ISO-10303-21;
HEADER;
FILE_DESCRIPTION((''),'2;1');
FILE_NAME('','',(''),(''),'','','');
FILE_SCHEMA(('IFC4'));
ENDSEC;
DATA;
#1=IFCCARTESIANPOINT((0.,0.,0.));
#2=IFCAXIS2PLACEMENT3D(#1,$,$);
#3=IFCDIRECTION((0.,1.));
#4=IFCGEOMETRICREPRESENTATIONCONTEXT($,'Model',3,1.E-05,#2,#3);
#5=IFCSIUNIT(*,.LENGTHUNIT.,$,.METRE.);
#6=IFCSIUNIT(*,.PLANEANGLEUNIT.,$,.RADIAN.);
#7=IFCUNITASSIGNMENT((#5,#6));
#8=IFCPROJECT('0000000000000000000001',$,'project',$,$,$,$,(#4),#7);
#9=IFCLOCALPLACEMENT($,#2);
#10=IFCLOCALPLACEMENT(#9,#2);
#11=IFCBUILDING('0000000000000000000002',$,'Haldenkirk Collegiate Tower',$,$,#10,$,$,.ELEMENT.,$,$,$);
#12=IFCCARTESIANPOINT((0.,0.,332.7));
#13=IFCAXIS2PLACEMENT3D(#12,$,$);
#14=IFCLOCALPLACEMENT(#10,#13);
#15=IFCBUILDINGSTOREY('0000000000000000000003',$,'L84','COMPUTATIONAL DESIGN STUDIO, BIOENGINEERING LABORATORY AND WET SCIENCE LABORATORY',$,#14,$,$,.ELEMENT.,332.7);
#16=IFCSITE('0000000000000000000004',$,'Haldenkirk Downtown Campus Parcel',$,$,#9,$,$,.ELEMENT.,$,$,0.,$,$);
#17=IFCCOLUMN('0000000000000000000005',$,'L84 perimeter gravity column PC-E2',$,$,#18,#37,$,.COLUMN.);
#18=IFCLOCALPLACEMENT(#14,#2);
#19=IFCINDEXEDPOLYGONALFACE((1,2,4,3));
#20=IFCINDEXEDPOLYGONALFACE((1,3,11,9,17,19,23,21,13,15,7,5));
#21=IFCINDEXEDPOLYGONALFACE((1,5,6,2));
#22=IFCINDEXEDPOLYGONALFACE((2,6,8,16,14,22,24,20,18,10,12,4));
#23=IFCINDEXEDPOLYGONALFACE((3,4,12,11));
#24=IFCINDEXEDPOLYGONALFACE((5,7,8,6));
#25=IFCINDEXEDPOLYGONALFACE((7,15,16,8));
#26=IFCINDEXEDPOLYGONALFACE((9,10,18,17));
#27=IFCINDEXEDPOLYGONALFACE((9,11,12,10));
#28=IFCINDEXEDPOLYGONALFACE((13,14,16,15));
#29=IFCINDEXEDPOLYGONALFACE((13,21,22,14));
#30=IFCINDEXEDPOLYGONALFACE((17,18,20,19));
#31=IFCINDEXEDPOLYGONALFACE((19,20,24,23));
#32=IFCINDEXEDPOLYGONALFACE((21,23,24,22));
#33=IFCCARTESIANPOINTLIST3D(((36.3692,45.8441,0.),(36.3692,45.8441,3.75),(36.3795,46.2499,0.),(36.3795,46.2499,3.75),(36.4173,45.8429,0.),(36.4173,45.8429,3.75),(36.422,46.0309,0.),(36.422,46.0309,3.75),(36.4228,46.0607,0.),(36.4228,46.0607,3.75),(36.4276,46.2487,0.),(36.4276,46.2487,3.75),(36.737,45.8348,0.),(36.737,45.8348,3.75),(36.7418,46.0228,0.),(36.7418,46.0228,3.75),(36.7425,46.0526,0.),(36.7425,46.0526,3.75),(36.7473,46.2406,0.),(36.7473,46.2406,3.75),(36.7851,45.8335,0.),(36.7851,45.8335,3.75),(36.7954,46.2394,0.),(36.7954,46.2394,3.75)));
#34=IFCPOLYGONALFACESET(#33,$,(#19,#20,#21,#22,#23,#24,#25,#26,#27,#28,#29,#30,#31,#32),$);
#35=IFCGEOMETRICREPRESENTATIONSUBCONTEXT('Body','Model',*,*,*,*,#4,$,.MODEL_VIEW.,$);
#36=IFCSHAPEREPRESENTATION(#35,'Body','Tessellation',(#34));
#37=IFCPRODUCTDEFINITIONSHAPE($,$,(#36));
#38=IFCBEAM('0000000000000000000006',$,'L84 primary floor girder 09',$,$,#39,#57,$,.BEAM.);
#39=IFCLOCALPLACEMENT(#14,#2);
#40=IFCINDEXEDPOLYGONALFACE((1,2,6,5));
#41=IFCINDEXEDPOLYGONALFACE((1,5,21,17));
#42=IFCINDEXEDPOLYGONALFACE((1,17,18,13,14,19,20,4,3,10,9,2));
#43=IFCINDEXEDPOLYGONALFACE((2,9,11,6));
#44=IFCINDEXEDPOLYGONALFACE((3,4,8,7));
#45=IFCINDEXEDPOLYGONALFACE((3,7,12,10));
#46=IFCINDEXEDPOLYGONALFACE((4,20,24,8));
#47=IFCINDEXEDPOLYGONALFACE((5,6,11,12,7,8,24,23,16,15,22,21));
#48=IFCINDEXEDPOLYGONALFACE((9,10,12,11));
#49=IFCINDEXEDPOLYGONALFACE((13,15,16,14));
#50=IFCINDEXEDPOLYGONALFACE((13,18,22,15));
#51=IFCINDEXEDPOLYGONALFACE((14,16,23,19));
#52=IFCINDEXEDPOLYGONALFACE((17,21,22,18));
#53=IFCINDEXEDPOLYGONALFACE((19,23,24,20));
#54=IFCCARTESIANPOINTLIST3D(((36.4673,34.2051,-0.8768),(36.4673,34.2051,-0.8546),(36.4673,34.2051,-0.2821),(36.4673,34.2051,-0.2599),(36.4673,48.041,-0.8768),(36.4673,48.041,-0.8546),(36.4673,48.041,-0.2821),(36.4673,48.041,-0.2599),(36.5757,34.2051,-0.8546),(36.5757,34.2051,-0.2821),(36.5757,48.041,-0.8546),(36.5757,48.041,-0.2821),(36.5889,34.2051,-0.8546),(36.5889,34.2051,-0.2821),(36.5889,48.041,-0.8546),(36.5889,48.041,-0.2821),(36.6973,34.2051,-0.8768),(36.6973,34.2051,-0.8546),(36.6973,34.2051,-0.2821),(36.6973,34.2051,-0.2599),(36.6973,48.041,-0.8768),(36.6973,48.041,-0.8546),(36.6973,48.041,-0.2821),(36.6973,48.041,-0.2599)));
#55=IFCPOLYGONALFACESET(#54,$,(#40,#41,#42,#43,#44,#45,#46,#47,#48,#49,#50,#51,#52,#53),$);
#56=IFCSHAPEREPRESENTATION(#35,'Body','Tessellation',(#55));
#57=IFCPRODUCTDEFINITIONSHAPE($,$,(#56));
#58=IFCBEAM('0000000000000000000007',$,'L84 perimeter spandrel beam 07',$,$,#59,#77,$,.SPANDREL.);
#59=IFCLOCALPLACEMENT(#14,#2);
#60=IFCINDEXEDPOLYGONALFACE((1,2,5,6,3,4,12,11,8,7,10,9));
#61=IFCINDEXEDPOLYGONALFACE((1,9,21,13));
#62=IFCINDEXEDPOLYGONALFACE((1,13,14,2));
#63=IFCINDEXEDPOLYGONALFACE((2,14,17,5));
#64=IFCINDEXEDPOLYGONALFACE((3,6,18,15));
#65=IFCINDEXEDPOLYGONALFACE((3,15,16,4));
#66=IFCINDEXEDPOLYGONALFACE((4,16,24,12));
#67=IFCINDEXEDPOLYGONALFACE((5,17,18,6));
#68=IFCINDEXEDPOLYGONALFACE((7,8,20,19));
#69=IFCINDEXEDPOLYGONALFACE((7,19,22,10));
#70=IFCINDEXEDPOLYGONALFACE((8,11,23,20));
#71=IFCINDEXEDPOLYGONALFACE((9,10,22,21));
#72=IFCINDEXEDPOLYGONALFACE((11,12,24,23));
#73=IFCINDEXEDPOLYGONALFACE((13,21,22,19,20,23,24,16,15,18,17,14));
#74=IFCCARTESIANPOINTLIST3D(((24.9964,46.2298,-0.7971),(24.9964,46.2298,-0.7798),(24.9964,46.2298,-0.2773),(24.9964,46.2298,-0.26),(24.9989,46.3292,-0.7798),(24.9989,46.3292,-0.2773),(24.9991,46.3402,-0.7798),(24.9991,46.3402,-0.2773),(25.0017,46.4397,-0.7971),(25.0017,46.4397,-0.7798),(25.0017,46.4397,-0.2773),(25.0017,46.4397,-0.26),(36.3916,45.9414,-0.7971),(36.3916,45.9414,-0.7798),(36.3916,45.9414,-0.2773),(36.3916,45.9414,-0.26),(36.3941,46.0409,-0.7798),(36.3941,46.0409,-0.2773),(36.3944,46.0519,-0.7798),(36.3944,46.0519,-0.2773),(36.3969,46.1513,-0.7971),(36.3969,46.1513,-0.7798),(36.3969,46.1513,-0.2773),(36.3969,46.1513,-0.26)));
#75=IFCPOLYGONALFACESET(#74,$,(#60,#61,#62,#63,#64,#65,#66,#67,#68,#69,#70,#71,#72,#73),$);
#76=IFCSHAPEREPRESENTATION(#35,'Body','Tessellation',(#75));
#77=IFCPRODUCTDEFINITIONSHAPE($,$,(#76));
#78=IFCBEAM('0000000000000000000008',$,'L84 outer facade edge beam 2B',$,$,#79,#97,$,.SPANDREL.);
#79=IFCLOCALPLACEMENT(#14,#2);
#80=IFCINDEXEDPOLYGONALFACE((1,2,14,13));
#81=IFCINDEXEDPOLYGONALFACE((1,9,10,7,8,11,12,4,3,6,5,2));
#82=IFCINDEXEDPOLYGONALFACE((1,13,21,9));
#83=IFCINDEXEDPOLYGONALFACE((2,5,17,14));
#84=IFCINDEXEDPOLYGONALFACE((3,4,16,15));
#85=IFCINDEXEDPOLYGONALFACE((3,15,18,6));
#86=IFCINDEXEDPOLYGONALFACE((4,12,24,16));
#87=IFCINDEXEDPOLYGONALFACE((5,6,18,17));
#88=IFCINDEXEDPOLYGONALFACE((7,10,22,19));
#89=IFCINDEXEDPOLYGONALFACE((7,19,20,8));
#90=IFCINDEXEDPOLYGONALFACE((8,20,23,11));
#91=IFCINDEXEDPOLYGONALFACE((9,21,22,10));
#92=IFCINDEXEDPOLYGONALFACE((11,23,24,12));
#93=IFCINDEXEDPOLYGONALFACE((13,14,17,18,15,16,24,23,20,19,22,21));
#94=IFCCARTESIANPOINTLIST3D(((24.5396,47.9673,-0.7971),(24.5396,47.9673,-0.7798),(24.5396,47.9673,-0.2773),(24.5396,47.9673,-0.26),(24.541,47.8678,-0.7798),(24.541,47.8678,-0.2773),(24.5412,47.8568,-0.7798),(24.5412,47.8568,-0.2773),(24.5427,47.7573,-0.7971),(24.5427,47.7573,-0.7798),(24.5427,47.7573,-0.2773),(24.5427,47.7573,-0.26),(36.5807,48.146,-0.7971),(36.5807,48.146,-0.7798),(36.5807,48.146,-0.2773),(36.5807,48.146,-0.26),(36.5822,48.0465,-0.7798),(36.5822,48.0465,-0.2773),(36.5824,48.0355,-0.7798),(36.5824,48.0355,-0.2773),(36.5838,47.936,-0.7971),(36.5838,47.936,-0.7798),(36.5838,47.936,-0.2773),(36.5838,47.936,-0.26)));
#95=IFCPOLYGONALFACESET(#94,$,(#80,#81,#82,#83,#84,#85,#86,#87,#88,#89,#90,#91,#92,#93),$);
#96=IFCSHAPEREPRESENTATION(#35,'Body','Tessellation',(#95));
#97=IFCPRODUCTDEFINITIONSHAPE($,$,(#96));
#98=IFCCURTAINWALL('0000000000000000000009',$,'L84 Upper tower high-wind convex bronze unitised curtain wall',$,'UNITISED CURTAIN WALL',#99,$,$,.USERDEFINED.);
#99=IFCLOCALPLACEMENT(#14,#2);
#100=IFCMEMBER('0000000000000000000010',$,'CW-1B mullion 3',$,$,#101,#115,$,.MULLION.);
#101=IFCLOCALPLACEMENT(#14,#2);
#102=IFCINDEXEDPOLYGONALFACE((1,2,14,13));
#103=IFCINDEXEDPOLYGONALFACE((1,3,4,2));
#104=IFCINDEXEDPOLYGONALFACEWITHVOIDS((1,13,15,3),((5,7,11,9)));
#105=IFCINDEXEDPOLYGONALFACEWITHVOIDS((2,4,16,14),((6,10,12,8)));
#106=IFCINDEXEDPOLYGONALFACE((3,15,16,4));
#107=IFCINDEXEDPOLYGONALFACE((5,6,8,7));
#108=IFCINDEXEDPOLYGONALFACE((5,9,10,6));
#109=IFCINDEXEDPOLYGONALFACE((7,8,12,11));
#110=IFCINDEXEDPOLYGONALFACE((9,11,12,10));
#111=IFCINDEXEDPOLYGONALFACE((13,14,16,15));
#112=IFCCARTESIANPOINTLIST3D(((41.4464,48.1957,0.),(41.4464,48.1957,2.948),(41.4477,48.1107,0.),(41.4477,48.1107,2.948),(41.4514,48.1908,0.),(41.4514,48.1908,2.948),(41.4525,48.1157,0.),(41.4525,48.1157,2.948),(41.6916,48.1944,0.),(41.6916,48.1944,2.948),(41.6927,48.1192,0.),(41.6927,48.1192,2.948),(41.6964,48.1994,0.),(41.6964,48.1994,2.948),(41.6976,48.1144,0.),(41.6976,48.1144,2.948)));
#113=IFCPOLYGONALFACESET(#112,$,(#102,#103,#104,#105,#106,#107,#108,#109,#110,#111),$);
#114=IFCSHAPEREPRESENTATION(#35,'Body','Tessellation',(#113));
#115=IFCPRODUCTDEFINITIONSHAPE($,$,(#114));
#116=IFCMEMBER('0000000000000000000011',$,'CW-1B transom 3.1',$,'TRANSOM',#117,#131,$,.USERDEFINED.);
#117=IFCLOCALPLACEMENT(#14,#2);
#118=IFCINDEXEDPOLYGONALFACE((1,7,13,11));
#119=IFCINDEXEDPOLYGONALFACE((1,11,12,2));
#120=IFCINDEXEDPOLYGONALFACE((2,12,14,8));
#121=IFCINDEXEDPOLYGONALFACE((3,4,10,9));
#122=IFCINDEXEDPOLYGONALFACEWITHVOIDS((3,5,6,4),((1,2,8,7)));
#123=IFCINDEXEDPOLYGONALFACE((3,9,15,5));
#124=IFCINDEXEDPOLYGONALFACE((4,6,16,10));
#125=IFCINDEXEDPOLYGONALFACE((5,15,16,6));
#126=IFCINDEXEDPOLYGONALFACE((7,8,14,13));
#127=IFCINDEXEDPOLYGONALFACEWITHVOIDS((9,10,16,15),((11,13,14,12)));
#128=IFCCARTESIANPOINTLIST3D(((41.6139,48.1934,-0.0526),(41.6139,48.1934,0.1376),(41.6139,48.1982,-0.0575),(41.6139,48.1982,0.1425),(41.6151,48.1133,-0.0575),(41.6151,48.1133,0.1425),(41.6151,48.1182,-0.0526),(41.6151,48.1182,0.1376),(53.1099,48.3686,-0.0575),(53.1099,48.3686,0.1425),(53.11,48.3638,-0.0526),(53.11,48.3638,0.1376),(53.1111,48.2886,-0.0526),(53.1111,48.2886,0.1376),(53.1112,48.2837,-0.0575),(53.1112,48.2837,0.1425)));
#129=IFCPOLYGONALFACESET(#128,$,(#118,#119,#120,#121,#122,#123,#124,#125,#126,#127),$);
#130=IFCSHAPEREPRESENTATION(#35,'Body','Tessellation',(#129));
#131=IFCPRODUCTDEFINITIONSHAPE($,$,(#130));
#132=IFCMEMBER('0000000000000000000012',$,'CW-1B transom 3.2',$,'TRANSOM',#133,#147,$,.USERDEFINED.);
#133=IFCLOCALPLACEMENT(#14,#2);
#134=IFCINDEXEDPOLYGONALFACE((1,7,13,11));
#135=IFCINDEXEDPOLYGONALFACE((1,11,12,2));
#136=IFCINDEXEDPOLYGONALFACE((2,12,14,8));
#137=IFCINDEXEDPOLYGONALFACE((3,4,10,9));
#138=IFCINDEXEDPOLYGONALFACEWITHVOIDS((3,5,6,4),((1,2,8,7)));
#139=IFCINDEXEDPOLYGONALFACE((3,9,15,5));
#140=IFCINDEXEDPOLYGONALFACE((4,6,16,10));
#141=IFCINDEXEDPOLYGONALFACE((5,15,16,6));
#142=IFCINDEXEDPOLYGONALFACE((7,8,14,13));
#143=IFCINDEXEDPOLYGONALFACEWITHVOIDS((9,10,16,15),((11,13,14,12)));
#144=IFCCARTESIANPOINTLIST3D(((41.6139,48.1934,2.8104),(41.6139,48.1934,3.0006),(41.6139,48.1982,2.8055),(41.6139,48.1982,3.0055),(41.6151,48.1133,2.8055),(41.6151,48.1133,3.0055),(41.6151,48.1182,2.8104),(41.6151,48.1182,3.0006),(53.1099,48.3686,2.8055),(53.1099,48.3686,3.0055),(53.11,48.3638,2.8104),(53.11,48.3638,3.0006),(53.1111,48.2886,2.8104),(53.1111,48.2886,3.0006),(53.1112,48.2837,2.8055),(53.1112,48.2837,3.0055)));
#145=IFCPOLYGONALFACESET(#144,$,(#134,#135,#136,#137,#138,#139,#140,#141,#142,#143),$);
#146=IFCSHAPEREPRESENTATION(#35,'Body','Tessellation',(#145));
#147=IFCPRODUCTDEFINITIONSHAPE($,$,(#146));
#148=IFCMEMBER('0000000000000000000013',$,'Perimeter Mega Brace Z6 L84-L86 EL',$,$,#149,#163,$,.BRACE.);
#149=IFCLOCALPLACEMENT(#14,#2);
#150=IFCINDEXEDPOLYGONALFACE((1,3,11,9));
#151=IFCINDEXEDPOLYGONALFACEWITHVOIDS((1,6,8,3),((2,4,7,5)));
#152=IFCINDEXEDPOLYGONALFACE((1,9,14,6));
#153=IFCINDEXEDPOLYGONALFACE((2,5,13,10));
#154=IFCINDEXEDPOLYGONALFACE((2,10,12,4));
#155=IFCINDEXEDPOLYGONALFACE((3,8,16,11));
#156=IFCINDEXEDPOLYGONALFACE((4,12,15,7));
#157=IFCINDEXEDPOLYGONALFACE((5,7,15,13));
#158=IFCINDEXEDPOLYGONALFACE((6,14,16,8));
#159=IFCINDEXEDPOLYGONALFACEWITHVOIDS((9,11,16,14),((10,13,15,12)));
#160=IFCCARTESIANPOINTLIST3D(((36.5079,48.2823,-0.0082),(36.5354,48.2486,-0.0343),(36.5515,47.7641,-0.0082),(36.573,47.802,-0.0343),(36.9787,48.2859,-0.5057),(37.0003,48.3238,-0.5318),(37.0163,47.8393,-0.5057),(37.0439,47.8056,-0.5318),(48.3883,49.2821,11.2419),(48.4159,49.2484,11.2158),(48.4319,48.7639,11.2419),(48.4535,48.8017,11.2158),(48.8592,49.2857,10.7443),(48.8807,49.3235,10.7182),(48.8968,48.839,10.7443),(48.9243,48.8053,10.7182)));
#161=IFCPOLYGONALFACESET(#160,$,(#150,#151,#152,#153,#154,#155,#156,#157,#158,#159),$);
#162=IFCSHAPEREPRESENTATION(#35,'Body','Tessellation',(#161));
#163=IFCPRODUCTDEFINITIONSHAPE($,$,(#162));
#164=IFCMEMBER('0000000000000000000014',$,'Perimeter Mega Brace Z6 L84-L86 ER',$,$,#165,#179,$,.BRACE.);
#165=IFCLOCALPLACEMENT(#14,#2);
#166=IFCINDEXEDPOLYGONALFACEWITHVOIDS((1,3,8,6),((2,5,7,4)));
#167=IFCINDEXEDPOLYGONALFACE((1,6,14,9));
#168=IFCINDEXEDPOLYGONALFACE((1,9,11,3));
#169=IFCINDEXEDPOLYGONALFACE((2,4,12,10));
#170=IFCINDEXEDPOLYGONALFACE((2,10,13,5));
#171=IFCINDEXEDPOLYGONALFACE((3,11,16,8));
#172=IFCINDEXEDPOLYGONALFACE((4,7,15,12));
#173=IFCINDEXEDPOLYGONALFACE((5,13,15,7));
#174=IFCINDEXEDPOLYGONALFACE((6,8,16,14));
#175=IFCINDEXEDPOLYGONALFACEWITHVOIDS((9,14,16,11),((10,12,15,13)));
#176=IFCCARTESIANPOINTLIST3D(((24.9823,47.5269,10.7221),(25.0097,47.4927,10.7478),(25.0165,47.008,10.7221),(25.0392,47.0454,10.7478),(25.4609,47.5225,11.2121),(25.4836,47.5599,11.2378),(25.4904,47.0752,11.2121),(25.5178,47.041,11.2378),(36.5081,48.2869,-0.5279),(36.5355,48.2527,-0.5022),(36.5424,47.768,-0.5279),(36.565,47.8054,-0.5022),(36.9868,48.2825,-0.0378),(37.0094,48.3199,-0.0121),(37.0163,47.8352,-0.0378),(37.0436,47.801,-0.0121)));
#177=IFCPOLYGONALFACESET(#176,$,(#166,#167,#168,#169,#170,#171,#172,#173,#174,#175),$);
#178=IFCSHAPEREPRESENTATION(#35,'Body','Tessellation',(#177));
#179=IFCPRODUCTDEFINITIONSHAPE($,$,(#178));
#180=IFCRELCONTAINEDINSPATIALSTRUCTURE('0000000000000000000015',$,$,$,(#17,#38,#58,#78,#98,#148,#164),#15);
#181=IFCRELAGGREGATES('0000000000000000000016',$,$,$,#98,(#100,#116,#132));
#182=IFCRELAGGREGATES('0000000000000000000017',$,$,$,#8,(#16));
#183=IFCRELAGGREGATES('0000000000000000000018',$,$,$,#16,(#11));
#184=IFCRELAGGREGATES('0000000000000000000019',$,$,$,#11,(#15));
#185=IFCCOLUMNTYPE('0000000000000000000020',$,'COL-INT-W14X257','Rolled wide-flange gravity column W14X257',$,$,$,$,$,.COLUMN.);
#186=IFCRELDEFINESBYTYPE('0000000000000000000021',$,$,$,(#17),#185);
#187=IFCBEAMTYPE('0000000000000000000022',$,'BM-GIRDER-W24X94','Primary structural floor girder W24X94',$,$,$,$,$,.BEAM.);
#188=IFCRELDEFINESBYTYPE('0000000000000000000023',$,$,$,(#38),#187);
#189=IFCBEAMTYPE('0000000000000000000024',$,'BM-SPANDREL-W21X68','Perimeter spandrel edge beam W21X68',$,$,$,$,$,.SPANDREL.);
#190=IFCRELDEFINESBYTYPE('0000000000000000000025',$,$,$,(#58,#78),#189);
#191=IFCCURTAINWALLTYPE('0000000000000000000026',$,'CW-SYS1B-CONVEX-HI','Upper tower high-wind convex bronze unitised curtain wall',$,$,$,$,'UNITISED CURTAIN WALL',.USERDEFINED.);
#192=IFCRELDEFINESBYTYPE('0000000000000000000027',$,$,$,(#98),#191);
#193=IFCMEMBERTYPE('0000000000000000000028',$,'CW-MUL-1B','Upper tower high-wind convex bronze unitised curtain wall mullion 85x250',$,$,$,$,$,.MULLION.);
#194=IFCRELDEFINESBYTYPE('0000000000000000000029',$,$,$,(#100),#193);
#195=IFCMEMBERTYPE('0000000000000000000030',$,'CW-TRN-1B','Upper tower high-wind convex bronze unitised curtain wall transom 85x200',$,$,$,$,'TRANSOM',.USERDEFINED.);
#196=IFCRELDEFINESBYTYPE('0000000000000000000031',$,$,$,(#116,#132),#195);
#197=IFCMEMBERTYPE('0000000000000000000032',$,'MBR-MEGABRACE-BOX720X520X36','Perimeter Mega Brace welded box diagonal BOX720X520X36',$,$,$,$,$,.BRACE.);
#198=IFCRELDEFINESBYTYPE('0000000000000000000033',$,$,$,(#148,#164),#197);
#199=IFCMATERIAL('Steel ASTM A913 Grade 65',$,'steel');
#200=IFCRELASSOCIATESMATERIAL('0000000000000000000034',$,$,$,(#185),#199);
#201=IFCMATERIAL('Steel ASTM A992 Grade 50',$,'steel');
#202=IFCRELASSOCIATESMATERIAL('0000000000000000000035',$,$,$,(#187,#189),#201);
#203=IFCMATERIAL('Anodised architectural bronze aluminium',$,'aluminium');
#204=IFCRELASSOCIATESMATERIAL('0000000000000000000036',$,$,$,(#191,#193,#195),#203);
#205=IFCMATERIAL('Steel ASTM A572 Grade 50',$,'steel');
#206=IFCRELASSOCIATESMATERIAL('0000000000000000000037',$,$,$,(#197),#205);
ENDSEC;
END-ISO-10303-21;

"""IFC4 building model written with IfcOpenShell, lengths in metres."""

from ifc_helpers import new_model, si_unit, direction, frame, origin, origin_2d, place, context, subcontext, project, spatial, hollow_rectangle, i_section, extrude, material, material_profile, profile_set, type_object, element, aggregate, save


model = new_model("IFC4")

# Units and contexts
model_context = context("Model", 3, precision=1e-05, world=origin(), true_north=direction((0.0, 1.0)))
body_context = subcontext(model_context, "Body", "Model", "MODEL_VIEW")
ifc_project = project(units=[si_unit("LENGTHUNIT", "METRE"), si_unit("PLANEANGLEUNIT", "RADIAN")], contexts=[model_context])

# Site, building, storey
site_placement = place(None, origin())
site = spatial("IfcSite", under=ifc_project, at=site_placement, Name="Haldenkirk Downtown Campus Parcel", CompositionType="ELEMENT", RefElevation=0.0)
building_placement = place(site_placement, origin())
building = spatial("IfcBuilding", under=site, at=building_placement, Name="Haldenkirk Collegiate Tower", CompositionType="ELEMENT")
storey_placement = place(building_placement, frame((0.0, 0.0, 332.7)))
storey = spatial("IfcBuildingStorey", under=building, at=storey_placement, Name="L84", Description="COMPUTATIONAL DESIGN STUDIO, BIOENGINEERING LABORATORY AND WET SCIENCE LABORATORY", CompositionType="ELEMENT", Elevation=332.7)

# Column
ifc_material_1 = material(Name="Steel ASTM A913 Grade 65", Category="steel")
ifc_material_profile_1 = material_profile(ifc_material_1, i_section(OverallWidth=0.406, OverallDepth=0.416, WebThickness=0.0298, FlangeThickness=0.0481, at=origin_2d()), Name="W14X257")
ifc_profile_set_1 = profile_set([ifc_material_profile_1], Name="Steel ASTM A913 Grade 65")
column_type = type_object("IfcColumnType", Name="COL-INT-W14X257", Description="Rolled wide-flange gravity column W14X257", PredefinedType="COLUMN", material=ifc_profile_set_1)
column_placement = place(storey_placement, frame((36.5823, 46.0417, 0.0), z_axis=(0.0, 0.0, 1.0), x_axis=(0.025305, 0.99968, 0.0)))
element("IfcColumn", 1, at=column_placement, inside=storey, type_object=column_type, Name="L84 perimeter gravity column PC-E2", PredefinedType="COLUMN", context=body_context, shape_type="SweptSolid", body=[
    extrude(i_section(OverallWidth=0.406, OverallDepth=0.416, WebThickness=0.0298, FlangeThickness=0.0481, at=origin_2d()), origin(), (0.0, 0.0, 1.0), 3.75),
])

# Beams
ifc_material_2 = material(Name="Steel ASTM A992 Grade 50", Category="steel")
ifc_material_profile_2 = material_profile(ifc_material_2, i_section(OverallWidth=0.23, OverallDepth=0.6169, WebThickness=0.0132, FlangeThickness=0.0222, at=origin_2d()), Name="W24X94")
ifc_profile_set_2 = profile_set([ifc_material_profile_2], Name="Steel ASTM A992 Grade 50")
beam_type_1 = type_object("IfcBeamType", Name="BM-GIRDER-W24X94", Description="Primary structural floor girder W24X94", PredefinedType="BEAM", material=ifc_profile_set_2)
beam_1_placement = place(storey_placement, frame((36.5823, 48.041, -0.5684), z_axis=(0.0, -1.0, 0.0), x_axis=(1.0, 0.0, 0.0)))
element("IfcBeam", 2, at=beam_1_placement, inside=storey, type_object=beam_type_1, Name="L84 primary floor girder 09", PredefinedType="BEAM", context=body_context, shape_type="SweptSolid", body=[
    extrude(i_section(OverallWidth=0.23, OverallDepth=0.6169, WebThickness=0.0132, FlangeThickness=0.0222, at=origin_2d()), origin(), (0.0, 0.0, 1.0), 13.8359),
])
ifc_material_profile_3 = material_profile(ifc_material_2, i_section(OverallWidth=0.21, OverallDepth=0.5371, WebThickness=0.011, FlangeThickness=0.0173, at=origin_2d()), Name="W21X68")
ifc_profile_set_3 = profile_set([ifc_material_profile_3], Name="Steel ASTM A992 Grade 50")
beam_type_2 = type_object("IfcBeamType", Name="BM-SPANDREL-W21X68", Description="Perimeter spandrel edge beam W21X68", PredefinedType="SPANDREL", material=ifc_profile_set_3)
beam_2_placement = place(storey_placement, frame((36.3943, 46.0464, -0.5286), z_axis=(-0.99968, 0.025295, 0.0), x_axis=(-0.025295, -0.99968, 0.0)))
element("IfcBeam", 3, at=beam_2_placement, inside=storey, type_object=beam_type_2, Name="L84 perimeter spandrel beam 07", PredefinedType="SPANDREL", context=body_context, shape_type="SweptSolid", body=[
    extrude(i_section(OverallWidth=0.21, OverallDepth=0.5371, WebThickness=0.011, FlangeThickness=0.0173, at=origin_2d()), origin(), (0.0, 0.0, 1.0), 11.3989),
])
beam_3_placement = place(storey_placement, frame((36.5823, 48.041, -0.5286), z_axis=(-0.99989, -0.01484, 0.0), x_axis=(0.01484, -0.99989, 0.0)))
element("IfcBeam", 4, at=beam_3_placement, inside=storey, type_object=beam_type_2, Name="L84 outer facade edge beam 2B", PredefinedType="SPANDREL", context=body_context, shape_type="SweptSolid", body=[
    extrude(i_section(OverallWidth=0.21, OverallDepth=0.5371, WebThickness=0.011, FlangeThickness=0.0173, at=origin_2d()), origin(), (0.0, 0.0, 1.0), 12.0425),
])

# Curtain wall, members
ifc_material_3 = material(Name="Anodised architectural bronze aluminium", Category="aluminium")
curtain_wall_type = type_object("IfcCurtainWallType", Name="CW-SYS1B-CONVEX-HI", Description="Upper tower high-wind convex bronze unitised curtain wall", ElementType="UNITISED CURTAIN WALL", PredefinedType="USERDEFINED", material=ifc_material_3)
curtain_wall_placement = place(storey_placement, origin())
curtain_wall = element("IfcCurtainWall", 5, at=curtain_wall_placement, inside=storey, type_object=curtain_wall_type, Name="L84 Upper tower high-wind convex bronze unitised curtain wall", ObjectType="UNITISED CURTAIN WALL", PredefinedType="USERDEFINED")
ifc_material_profile_4 = material_profile(ifc_material_3, hollow_rectangle(XDim=0.085, YDim=0.25, WallThickness=0.0049, at=origin_2d()), Name="CW-MUL-1B")
ifc_profile_set_4 = profile_set([ifc_material_profile_4], Name="Anodised architectural bronze aluminium")
member_type_1 = type_object("IfcMemberType", Name="CW-MUL-1B", Description="Upper tower high-wind convex bronze unitised curtain wall mullion 85x250", PredefinedType="MULLION", material=ifc_profile_set_4)
member_1_placement = place(storey_placement, frame((41.572, 48.155, 0.0), z_axis=(0.0, 0.0, 1.0), x_axis=(-0.014833, 0.99989, 0.0)))
member_1 = element("IfcMember", 6, at=member_1_placement, type_object=member_type_1, Name="CW-1B mullion 3", PredefinedType="MULLION", context=body_context, shape_type="SweptSolid", body=[
    extrude(hollow_rectangle(XDim=0.085, YDim=0.25, WallThickness=0.0049, at=origin_2d()), origin(), (0.0, 0.0, 1.0), 2.948),
])
ifc_material_profile_5 = material_profile(ifc_material_3, hollow_rectangle(XDim=0.085, YDim=0.2, WallThickness=0.0049, at=origin_2d()), Name="CW-TRN-1B")
ifc_profile_set_5 = profile_set([ifc_material_profile_5], Name="Anodised architectural bronze aluminium")
member_type_2 = type_object("IfcMemberType", Name="CW-TRN-1B", Description="Upper tower high-wind convex bronze unitised curtain wall transom 85x200", ElementType="TRANSOM", PredefinedType="USERDEFINED", material=ifc_profile_set_5)
member_2_placement = place(storey_placement, frame((41.6145, 48.1558, 0.0425), z_axis=(0.99989, 0.014822, 0.0), x_axis=(-0.014822, 0.99989, 0.0)))
member_2 = element("IfcMember", 7, at=member_2_placement, type_object=member_type_2, Name="CW-1B transom 3.1", ObjectType="TRANSOM", PredefinedType="USERDEFINED", context=body_context, shape_type="SweptSolid", body=[
    extrude(hollow_rectangle(XDim=0.085, YDim=0.2, WallThickness=0.0049, at=origin_2d()), origin(), (0.0, 0.0, 1.0), 11.4973),
])
member_3_placement = place(storey_placement, frame((41.6145, 48.1558, 2.9055), z_axis=(0.99989, 0.014822, 0.0), x_axis=(-0.014822, 0.99989, 0.0)))
member_3 = element("IfcMember", 8, at=member_3_placement, type_object=member_type_2, Name="CW-1B transom 3.2", ObjectType="TRANSOM", PredefinedType="USERDEFINED", context=body_context, shape_type="SweptSolid", body=[
    extrude(hollow_rectangle(XDim=0.085, YDim=0.2, WallThickness=0.0049, at=origin_2d()), origin(), (0.0, 0.0, 1.0), 11.4973),
])

# Members
ifc_material_4 = material(Name="Steel ASTM A572 Grade 50", Category="steel")
ifc_material_profile_6 = material_profile(ifc_material_4, hollow_rectangle(XDim=0.52, YDim=0.72, WallThickness=0.0359, at=origin_2d()), Name="BOX720X520X36")
ifc_profile_set_6 = profile_set([ifc_material_profile_6], Name="Steel ASTM A572 Grade 50")
member_type_3 = type_object("IfcMemberType", Name="MBR-MEGABRACE-BOX720X520X36", Description="Perimeter Mega Brace welded box diagonal BOX720X520X36", PredefinedType="BRACE", material=ifc_profile_set_6)
member_4_placement = place(storey_placement, frame((36.7759, 48.0439, -0.27), z_axis=(0.724756, 0.06099, 0.686301), x_axis=(-0.083856, 0.996478, 0.0)))
element("IfcMember", 9, at=member_4_placement, inside=storey, type_object=member_type_3, Name="Perimeter Mega Brace Z6 L84-L86 EL", PredefinedType="BRACE", context=body_context, shape_type="SweptSolid", body=[
    extrude(hollow_rectangle(XDim=0.52, YDim=0.72, WallThickness=0.0359, at=origin_2d()), origin(), (0.0, 0.0, 1.0), 16.3923),
])
member_5_placement = place(storey_placement, frame((36.7759, 48.0439, -0.27), z_axis=(-0.714824, -0.047135, 0.697714), x_axis=(0.065797, -0.997833, 0.0)))
element("IfcMember", 10, at=member_5_placement, inside=storey, type_object=member_type_3, Name="Perimeter Mega Brace Z6 L84-L86 ER", PredefinedType="BRACE", context=body_context, shape_type="SweptSolid", body=[
    extrude(hollow_rectangle(XDim=0.52, YDim=0.72, WallThickness=0.0359, at=origin_2d()), origin(), (0.0, 0.0, 1.0), 16.124),
])

aggregate(curtain_wall, [member_1, member_2, member_3])

save(model, "model.ifc")
